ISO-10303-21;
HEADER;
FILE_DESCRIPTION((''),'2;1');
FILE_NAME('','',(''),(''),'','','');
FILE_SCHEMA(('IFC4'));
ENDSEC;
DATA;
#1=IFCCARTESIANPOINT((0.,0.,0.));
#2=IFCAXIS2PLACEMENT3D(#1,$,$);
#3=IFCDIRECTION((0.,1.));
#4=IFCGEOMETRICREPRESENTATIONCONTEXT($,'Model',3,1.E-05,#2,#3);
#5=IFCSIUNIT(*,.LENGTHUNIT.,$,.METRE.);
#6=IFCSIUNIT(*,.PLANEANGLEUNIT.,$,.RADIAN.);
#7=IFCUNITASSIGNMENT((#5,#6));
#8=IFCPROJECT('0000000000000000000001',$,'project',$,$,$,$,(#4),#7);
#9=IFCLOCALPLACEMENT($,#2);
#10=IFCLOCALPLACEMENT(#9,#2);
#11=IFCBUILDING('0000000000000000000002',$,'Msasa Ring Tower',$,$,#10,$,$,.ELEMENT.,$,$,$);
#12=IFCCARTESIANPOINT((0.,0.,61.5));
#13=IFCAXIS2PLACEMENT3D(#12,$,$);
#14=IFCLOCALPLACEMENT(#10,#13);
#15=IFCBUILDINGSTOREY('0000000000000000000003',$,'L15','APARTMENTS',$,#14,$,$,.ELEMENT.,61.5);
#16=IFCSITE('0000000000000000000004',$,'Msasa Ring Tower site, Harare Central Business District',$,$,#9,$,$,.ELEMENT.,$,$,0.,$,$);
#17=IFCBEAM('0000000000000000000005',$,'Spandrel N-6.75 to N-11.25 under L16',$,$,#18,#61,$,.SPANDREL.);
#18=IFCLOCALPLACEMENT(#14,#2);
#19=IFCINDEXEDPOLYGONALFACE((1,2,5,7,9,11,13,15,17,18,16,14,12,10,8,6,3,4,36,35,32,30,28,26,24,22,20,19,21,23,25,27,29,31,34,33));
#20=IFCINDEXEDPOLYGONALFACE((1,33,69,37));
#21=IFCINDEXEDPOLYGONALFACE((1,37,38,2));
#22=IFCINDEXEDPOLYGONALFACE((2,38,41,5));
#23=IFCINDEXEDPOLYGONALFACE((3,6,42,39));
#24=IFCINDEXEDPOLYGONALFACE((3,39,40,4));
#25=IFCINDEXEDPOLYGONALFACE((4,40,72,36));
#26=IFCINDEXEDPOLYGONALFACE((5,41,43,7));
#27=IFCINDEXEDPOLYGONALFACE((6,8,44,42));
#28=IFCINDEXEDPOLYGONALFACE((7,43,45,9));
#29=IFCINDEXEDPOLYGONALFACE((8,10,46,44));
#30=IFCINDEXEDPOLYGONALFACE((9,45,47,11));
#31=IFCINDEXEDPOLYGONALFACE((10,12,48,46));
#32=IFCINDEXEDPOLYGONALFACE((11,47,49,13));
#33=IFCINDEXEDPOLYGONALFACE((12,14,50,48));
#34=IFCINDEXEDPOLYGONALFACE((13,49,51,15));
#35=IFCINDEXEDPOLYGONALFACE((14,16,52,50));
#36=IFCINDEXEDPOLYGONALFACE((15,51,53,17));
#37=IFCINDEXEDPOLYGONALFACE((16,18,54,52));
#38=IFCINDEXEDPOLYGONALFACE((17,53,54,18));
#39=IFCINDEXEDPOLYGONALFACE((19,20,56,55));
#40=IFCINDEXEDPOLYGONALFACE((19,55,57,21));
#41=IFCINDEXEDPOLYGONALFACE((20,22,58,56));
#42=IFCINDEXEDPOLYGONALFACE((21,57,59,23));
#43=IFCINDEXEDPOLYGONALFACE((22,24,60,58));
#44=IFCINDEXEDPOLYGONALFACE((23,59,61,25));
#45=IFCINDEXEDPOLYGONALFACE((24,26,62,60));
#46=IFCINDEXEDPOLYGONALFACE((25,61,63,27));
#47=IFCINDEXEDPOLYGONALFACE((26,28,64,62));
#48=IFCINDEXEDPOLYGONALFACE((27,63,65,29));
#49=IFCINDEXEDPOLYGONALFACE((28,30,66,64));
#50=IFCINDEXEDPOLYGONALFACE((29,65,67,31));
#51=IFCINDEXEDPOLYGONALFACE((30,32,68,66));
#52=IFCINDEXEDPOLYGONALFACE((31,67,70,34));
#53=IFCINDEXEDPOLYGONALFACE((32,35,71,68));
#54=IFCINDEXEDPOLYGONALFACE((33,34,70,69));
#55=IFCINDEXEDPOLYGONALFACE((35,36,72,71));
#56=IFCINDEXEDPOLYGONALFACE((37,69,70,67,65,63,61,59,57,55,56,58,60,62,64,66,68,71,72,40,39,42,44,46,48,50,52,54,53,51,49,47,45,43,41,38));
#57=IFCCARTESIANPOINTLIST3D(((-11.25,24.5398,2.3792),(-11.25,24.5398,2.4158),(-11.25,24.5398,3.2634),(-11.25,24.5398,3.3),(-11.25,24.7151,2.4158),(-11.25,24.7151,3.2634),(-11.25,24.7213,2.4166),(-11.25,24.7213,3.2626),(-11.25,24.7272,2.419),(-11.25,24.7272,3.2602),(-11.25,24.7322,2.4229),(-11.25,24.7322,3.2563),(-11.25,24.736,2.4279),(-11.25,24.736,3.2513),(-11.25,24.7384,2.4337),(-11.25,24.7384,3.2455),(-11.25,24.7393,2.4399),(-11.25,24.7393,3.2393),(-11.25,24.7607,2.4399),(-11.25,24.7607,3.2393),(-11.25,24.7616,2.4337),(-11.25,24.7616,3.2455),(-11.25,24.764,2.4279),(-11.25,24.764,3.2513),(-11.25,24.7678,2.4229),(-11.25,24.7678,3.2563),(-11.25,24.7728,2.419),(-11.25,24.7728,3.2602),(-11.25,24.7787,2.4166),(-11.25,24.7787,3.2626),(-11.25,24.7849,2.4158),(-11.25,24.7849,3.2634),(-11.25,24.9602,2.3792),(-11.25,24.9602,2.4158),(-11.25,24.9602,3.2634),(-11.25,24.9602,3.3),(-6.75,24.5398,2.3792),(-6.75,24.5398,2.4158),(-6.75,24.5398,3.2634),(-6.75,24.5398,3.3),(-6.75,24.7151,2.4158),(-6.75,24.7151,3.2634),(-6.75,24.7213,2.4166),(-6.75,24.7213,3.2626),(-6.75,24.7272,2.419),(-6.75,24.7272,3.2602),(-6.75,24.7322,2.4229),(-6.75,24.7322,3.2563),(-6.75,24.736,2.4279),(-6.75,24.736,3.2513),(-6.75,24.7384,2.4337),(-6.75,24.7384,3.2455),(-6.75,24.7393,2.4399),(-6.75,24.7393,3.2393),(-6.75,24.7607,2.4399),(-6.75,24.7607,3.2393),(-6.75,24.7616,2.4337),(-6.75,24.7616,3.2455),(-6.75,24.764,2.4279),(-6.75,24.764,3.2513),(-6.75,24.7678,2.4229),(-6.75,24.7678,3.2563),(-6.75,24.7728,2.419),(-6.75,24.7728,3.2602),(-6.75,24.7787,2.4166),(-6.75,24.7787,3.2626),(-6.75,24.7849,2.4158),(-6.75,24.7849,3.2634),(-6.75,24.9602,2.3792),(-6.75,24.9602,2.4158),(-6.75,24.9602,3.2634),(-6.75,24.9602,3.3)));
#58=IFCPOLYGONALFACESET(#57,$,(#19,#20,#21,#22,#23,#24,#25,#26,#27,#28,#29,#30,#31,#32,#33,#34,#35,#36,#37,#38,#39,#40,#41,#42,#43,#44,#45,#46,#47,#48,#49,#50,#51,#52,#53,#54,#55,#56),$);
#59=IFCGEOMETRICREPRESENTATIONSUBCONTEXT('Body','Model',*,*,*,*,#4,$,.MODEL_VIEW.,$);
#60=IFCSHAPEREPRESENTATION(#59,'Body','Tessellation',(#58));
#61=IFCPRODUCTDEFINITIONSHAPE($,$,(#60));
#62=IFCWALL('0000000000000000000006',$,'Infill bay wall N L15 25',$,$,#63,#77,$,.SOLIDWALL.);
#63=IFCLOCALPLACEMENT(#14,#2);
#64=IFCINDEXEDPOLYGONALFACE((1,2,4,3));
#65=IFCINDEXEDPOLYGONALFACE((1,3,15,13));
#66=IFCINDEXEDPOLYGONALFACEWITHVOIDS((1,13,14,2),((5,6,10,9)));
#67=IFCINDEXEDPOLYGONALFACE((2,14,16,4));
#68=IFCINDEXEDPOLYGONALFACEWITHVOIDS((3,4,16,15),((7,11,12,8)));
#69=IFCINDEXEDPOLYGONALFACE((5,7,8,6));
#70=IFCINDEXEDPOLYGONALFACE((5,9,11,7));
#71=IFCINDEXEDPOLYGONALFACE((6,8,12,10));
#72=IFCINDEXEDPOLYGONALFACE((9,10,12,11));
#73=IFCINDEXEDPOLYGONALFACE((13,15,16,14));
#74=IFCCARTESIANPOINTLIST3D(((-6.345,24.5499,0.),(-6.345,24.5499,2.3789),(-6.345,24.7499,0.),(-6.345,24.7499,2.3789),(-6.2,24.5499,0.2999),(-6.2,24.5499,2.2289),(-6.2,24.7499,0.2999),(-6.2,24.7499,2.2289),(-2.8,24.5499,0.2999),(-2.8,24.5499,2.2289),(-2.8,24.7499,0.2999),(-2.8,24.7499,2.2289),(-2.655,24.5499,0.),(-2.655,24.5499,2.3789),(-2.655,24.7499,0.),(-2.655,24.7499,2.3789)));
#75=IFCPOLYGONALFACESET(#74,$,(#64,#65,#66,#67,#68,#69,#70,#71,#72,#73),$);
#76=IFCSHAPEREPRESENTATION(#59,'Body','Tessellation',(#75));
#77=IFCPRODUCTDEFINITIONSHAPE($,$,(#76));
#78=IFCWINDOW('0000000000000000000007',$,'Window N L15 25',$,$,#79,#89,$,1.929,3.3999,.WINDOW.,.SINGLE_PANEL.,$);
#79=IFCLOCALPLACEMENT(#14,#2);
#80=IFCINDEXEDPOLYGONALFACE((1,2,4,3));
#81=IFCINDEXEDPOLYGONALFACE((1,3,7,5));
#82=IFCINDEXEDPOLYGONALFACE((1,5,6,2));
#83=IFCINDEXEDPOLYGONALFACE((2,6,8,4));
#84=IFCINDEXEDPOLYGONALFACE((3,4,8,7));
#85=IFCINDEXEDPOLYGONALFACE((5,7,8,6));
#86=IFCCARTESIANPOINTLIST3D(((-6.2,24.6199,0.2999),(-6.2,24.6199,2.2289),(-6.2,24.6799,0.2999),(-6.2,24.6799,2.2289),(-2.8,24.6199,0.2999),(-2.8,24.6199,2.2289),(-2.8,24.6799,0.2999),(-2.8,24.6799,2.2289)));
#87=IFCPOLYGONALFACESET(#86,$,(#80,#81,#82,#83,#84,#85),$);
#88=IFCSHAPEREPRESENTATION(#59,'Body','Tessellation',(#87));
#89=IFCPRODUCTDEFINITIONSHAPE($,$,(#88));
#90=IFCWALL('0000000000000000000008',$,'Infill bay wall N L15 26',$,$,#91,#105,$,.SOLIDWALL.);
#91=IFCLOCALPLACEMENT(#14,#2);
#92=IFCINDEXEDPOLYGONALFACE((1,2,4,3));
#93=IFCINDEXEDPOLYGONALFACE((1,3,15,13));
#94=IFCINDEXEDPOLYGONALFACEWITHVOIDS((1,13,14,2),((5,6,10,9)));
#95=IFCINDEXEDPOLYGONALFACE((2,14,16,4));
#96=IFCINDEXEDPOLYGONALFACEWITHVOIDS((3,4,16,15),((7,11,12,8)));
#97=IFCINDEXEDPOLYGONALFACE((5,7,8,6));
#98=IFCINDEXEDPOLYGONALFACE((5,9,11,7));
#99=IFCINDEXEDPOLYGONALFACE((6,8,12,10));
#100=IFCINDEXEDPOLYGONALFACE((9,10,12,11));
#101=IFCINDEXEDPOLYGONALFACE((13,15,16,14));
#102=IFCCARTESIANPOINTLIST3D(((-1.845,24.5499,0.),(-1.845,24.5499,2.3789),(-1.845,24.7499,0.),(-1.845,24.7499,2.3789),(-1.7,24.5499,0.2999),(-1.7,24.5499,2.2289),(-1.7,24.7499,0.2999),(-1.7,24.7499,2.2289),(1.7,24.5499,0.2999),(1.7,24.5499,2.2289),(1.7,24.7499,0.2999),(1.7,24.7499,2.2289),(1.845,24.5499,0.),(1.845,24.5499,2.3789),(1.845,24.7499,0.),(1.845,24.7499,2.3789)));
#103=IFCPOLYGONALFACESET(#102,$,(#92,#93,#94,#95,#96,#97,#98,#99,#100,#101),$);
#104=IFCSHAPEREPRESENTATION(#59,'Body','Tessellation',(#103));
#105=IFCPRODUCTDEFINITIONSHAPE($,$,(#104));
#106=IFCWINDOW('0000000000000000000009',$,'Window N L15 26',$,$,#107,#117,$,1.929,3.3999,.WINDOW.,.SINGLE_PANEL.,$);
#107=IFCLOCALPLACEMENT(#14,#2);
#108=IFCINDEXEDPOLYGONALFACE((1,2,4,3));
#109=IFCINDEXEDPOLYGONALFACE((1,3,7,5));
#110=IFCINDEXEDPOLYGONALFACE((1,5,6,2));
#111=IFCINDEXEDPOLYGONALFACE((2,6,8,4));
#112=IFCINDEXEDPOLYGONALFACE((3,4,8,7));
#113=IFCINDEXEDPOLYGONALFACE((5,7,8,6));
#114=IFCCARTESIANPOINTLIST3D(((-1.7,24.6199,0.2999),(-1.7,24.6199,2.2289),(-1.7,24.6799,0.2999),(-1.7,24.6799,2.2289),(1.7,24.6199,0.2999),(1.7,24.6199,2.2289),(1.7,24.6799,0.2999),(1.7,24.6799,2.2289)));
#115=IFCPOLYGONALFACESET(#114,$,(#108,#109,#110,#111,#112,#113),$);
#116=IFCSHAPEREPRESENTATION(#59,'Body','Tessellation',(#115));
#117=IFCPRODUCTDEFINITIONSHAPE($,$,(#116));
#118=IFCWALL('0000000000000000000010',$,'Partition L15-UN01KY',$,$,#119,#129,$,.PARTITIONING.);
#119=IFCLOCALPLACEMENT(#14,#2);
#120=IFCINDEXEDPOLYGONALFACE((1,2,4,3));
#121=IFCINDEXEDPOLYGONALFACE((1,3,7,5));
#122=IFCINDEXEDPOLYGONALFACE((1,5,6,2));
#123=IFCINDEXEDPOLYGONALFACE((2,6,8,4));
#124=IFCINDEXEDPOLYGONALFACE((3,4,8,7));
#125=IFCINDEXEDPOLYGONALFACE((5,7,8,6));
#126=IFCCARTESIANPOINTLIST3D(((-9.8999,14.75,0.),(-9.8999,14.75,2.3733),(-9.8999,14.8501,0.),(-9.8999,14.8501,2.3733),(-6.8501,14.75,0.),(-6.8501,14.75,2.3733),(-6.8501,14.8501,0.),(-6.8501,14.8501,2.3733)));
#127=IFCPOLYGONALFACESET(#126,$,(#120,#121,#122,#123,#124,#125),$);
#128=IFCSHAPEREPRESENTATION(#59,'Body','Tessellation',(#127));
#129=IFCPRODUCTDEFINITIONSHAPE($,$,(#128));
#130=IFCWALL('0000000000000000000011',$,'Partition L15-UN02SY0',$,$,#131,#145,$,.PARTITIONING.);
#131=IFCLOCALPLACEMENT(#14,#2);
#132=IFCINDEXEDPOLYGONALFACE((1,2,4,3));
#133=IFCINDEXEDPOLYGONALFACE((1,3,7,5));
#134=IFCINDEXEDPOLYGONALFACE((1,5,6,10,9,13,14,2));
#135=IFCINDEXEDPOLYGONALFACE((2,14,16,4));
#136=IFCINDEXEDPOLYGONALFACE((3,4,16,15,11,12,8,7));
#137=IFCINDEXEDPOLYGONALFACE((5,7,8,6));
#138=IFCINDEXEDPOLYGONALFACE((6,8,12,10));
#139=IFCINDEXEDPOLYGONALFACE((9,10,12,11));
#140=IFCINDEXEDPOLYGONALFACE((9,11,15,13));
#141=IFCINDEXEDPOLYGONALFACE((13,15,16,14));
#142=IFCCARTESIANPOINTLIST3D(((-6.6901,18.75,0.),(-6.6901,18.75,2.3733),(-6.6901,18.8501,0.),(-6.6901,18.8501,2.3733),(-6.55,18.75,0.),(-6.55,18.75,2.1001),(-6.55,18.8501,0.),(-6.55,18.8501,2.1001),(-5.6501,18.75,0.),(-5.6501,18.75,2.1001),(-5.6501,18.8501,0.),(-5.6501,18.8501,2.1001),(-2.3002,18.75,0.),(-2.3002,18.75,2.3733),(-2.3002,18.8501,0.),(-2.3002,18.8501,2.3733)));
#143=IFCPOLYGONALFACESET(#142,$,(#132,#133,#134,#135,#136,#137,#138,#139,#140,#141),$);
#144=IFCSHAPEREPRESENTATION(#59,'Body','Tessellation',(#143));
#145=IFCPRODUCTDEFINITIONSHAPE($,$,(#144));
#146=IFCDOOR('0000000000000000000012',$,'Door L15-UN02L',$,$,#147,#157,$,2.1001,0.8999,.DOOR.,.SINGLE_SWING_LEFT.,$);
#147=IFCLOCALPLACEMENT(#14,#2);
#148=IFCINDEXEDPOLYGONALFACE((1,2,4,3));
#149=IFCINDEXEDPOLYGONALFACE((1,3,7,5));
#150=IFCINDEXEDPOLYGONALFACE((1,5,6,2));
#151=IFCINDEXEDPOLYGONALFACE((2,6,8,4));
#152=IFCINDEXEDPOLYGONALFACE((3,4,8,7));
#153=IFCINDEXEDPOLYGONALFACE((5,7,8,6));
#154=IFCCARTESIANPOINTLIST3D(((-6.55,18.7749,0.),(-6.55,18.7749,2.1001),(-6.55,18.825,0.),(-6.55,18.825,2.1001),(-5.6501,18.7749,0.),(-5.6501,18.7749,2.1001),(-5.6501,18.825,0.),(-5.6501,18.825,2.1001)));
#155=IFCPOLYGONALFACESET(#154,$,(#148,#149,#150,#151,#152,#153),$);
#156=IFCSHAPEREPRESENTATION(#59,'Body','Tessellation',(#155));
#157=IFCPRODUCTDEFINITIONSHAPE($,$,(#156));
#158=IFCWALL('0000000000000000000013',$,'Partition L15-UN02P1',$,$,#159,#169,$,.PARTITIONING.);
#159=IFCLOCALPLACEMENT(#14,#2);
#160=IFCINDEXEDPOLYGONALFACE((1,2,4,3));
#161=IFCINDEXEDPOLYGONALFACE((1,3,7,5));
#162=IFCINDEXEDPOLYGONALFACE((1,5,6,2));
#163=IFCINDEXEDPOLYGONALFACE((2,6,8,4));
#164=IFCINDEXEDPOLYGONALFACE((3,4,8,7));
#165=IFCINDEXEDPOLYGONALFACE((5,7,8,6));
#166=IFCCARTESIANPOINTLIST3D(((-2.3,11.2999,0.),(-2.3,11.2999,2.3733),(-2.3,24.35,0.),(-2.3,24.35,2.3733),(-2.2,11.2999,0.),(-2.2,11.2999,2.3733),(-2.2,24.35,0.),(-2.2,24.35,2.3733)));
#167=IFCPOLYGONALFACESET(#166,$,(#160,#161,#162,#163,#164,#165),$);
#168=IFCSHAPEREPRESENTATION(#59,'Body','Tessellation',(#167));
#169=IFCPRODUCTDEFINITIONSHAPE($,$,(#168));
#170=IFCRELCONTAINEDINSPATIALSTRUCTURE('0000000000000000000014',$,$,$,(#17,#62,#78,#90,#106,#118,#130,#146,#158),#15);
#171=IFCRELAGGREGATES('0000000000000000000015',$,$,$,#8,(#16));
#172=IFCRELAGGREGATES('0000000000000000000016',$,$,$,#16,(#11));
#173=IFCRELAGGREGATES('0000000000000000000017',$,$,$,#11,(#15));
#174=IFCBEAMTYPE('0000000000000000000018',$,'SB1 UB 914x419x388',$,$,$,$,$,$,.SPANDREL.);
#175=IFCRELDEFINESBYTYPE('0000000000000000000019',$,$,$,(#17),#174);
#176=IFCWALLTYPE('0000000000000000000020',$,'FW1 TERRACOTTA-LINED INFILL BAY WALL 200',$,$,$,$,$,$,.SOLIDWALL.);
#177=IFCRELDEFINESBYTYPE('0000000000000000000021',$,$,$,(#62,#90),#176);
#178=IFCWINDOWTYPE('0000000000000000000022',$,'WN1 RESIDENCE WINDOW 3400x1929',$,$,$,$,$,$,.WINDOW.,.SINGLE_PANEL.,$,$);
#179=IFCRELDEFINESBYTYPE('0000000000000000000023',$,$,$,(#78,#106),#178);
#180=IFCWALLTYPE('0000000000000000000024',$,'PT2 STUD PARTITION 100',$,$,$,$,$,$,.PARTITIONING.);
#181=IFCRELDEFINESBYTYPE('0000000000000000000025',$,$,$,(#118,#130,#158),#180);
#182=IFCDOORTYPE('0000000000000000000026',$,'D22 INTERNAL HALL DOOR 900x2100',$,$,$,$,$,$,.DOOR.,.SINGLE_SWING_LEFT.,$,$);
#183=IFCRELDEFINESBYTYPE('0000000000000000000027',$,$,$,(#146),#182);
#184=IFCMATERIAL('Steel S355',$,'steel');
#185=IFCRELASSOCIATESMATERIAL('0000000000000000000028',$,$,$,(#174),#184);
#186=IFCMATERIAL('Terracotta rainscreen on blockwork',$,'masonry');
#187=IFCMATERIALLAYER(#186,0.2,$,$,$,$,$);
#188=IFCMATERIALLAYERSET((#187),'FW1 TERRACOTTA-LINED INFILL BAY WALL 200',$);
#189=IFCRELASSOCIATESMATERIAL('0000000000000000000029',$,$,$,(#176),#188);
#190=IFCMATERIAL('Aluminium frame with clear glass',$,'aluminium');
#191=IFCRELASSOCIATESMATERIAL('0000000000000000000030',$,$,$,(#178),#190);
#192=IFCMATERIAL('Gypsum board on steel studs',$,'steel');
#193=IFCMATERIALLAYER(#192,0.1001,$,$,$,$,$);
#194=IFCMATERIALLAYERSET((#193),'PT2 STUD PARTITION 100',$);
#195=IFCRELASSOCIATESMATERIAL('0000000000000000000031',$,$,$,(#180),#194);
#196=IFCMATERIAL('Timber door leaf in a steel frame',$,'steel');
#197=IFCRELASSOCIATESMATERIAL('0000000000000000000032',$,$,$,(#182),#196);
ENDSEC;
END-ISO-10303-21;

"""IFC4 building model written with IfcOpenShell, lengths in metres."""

from ifc_helpers import new_model, si_unit, direction, frame, frame_2d, origin, origin_2d, place, context, subcontext, project, spatial, rectangle, i_section, extrude, material, layer, layer_set, material_profile, profile_set, type_object, element, fill, save


model = new_model("IFC4")

# Units and contexts
model_context = context("Model", 3, precision=1e-05, world=origin(), true_north=direction((0.0, 1.0)))
body_context = subcontext(model_context, "Body", "Model", "MODEL_VIEW")
ifc_project = project(units=[si_unit("LENGTHUNIT", "METRE"), si_unit("PLANEANGLEUNIT", "RADIAN")], contexts=[model_context])

# Site, building, storey
site_placement = place(None, origin())
site = spatial("IfcSite", under=ifc_project, at=site_placement, Name="Msasa Ring Tower site, Harare Central Business District", CompositionType="ELEMENT", RefElevation=0.0)
building_placement = place(site_placement, origin())
building = spatial("IfcBuilding", under=site, at=building_placement, Name="Msasa Ring Tower", CompositionType="ELEMENT")
storey_placement = place(building_placement, frame((0.0, 0.0, 61.5)))
storey = spatial("IfcBuildingStorey", under=building, at=storey_placement, Name="L15", Description="APARTMENTS", CompositionType="ELEMENT", Elevation=61.5)

# Beam
ifc_material_1 = material(Name="Steel S355", Category="steel")
ifc_material_profile_1 = material_profile(ifc_material_1, i_section(OverallWidth=0.4204, OverallDepth=0.9209, WebThickness=0.0215, FlangeThickness=0.0366, FilletRadius=0.0242, at=origin_2d()), Name="UB 914x419x388")
ifc_profile_set_1 = profile_set([ifc_material_profile_1], Name="Steel S355")
beam_type_1 = type_object("IfcBeamType", Name="SB1 UB 914x419x388", PredefinedType="SPANDREL", material=ifc_profile_set_1)
for number, where, z_axis, x_axis, name in (
    (1, (-6.75, 24.75, 2.8396), (-1.0, 0.0, 0.0), (0.0, -1.0, 0.0), "Spandrel N-6.75 to N-11.25 under L16"),
):
    element("IfcBeam", number, at=place(storey_placement, frame(where, z_axis=z_axis, x_axis=x_axis)), inside=storey, type_object=beam_type_1, Name=name, PredefinedType="SPANDREL", context=body_context, shape_type="SweptSolid", body=[
        extrude(i_section(OverallWidth=0.4204, OverallDepth=0.9209, WebThickness=0.0215, FlangeThickness=0.0366, FilletRadius=0.0242, at=origin_2d()), origin(), (0.0, 0.0, 1.0), 4.5),
    ])

# Walls, openings, windows
ifc_material_2 = material(Name="Terracotta rainscreen on blockwork", Category="masonry")
ifc_layer_1 = layer(ifc_material_2, 0.2)
ifc_layer_set_1 = layer_set([ifc_layer_1], Name="FW1 TERRACOTTA-LINED INFILL BAY WALL 200")
wall_type_1 = type_object("IfcWallType", Name="FW1 TERRACOTTA-LINED INFILL BAY WALL 200", PredefinedType="SOLIDWALL", material=ifc_layer_set_1)
wall_1_placement = place(storey_placement, frame((-6.345, 24.6499, 0.0), z_axis=(0.0, 0.0, 1.0), x_axis=(1.0, 0.0, 0.0)))
wall_1 = element("IfcWall", 2, at=wall_1_placement, inside=storey, type_object=wall_type_1, Name="Infill bay wall N L15 25", PredefinedType="SOLIDWALL", context=body_context, shape_type="SweptSolid", body=[
    extrude(rectangle(XDim=3.6899, YDim=0.2, at=frame_2d((1.845, 0.0))), origin(), (0.0, 0.0, 1.0), 2.3789),
])
opening_1_placement = place(wall_1_placement, frame((0.145, 0.0, 0.3)))
opening_1 = element("IfcOpeningElement", 3, at=opening_1_placement, cuts=wall_1, PredefinedType="OPENING", context=body_context, shape_type="SweptSolid", body=[
    extrude(rectangle(XDim=3.3999, YDim=1.929, at=frame_2d((1.7, 0.9644))), frame((0.0, 0.1099, 0.0), z_axis=(0.0, -1.0, 0.0), x_axis=(1.0, 0.0, 0.0)), (0.0, 0.0, 1.0), 0.22),
])
ifc_material_3 = material(Name="Aluminium frame with clear glass", Category="aluminium")
window_type = type_object("IfcWindowType", Name="WN1 RESIDENCE WINDOW 3400x1929", PartitioningType="SINGLE_PANEL", PredefinedType="WINDOW", material=ifc_material_3)
window_1_placement = place(opening_1_placement, origin())
window_1 = element("IfcWindow", 4, at=window_1_placement, inside=storey, type_object=window_type, Name="Window N L15 25", OverallHeight=1.929, OverallWidth=3.3999, PartitioningType="SINGLE_PANEL", PredefinedType="WINDOW", context=body_context, shape_type="SweptSolid", body=[
    extrude(rectangle(XDim=3.3999, YDim=1.929, at=frame_2d((1.7, 0.9644))), frame((0.0, 0.03, 0.0), z_axis=(0.0, -1.0, 0.0), x_axis=(1.0, 0.0, 0.0)), (0.0, 0.0, 1.0), 0.0601),
])
fill(opening_1, window_1)
wall_2_placement = place(storey_placement, frame((-1.845, 24.6499, 0.0), z_axis=(0.0, 0.0, 1.0), x_axis=(1.0, 0.0, 0.0)))
wall_2 = element("IfcWall", 5, at=wall_2_placement, inside=storey, type_object=wall_type_1, Name="Infill bay wall N L15 26", PredefinedType="SOLIDWALL", context=body_context, shape_type="SweptSolid", body=[
    extrude(rectangle(XDim=3.6899, YDim=0.2, at=frame_2d((1.845, 0.0))), origin(), (0.0, 0.0, 1.0), 2.3789),
])
opening_2_placement = place(wall_2_placement, frame((0.145, 0.0, 0.3)))
opening_2 = element("IfcOpeningElement", 6, at=opening_2_placement, cuts=wall_2, PredefinedType="OPENING", context=body_context, shape_type="SweptSolid", body=[
    extrude(rectangle(XDim=3.3999, YDim=1.929, at=frame_2d((1.7, 0.9644))), frame((0.0, 0.1099, 0.0), z_axis=(0.0, -1.0, 0.0), x_axis=(1.0, 0.0, 0.0)), (0.0, 0.0, 1.0), 0.22),
])
window_2_placement = place(opening_2_placement, origin())
window_2 = element("IfcWindow", 7, at=window_2_placement, inside=storey, type_object=window_type, Name="Window N L15 26", OverallHeight=1.929, OverallWidth=3.3999, PartitioningType="SINGLE_PANEL", PredefinedType="WINDOW", context=body_context, shape_type="SweptSolid", body=[
    extrude(rectangle(XDim=3.3999, YDim=1.929, at=frame_2d((1.7, 0.9644))), frame((0.0, 0.03, 0.0), z_axis=(0.0, -1.0, 0.0), x_axis=(1.0, 0.0, 0.0)), (0.0, 0.0, 1.0), 0.0601),
])
fill(opening_2, window_2)

# Wall
ifc_material_4 = material(Name="Gypsum board on steel studs", Category="steel")
ifc_layer_2 = layer(ifc_material_4, 0.1001)
ifc_layer_set_2 = layer_set([ifc_layer_2], Name="PT2 STUD PARTITION 100")
wall_type_2 = type_object("IfcWallType", Name="PT2 STUD PARTITION 100", PredefinedType="PARTITIONING", material=ifc_layer_set_2)
wall_3_placement = place(storey_placement, frame((-9.8999, 14.8, 0.0), z_axis=(0.0, 0.0, 1.0), x_axis=(1.0, 0.0, 0.0)))
element("IfcWall", 8, at=wall_3_placement, inside=storey, type_object=wall_type_2, Name="Partition L15-UN01KY", PredefinedType="PARTITIONING", context=body_context, shape_type="SweptSolid", body=[
    extrude(rectangle(XDim=3.0498, YDim=0.1001, at=frame_2d((1.5249, 0.0))), origin(), (0.0, 0.0, 1.0), 2.3733),
])

# Wall, opening, door
wall_4_placement = place(storey_placement, frame((-6.6899, 18.8, 0.0), z_axis=(0.0, 0.0, 1.0), x_axis=(1.0, 0.0, 0.0)))
wall_4 = element("IfcWall", 9, at=wall_4_placement, inside=storey, type_object=wall_type_2, Name="Partition L15-UN02SY0", PredefinedType="PARTITIONING", context=body_context, shape_type="SweptSolid", body=[
    extrude(rectangle(XDim=4.3899, YDim=0.1001, at=frame_2d((2.1948, 0.0))), origin(), (0.0, 0.0, 1.0), 2.3733),
])
opening_3_placement = place(wall_4_placement, frame((0.1399, 0.0, 0.0)))
opening_3 = element("IfcOpeningElement", 10, at=opening_3_placement, cuts=wall_4, PredefinedType="OPENING", context=body_context, shape_type="SweptSolid", body=[
    extrude(rectangle(XDim=0.8999, YDim=2.1001, at=frame_2d((0.45, 1.05))), frame((0.0, 0.0601, 0.0), z_axis=(0.0, -1.0, 0.0), x_axis=(1.0, 0.0, 0.0)), (0.0, 0.0, 1.0), 0.1201),
])
ifc_material_5 = material(Name="Timber door leaf in a steel frame", Category="steel")
door_type_1 = type_object("IfcDoorType", Name="D22 INTERNAL HALL DOOR 900x2100", OperationType="SINGLE_SWING_LEFT", PredefinedType="DOOR", material=ifc_material_5)
door_1_placement = place(opening_3_placement, origin())
door_1 = element("IfcDoor", 11, at=door_1_placement, inside=storey, type_object=door_type_1, Name="Door L15-UN02L", OperationType="SINGLE_SWING_LEFT", OverallHeight=2.1001, OverallWidth=0.8999, PredefinedType="DOOR", context=body_context, shape_type="SweptSolid", body=[
    extrude(rectangle(XDim=0.8999, YDim=2.1001, at=frame_2d((0.45, 1.05))), frame((0.0, 0.0249, 0.0), z_axis=(0.0, -1.0, 0.0), x_axis=(1.0, 0.0, 0.0)), (0.0, 0.0, 1.0), 0.05),
])
fill(opening_3, door_1)

# Wall
wall_5_placement = place(storey_placement, frame((-2.25, 11.3, 0.0), z_axis=(0.0, 0.0, 1.0), x_axis=(0.0, 1.0, 0.0)))
element("IfcWall", 12, at=wall_5_placement, inside=storey, type_object=wall_type_2, Name="Partition L15-UN02P1", PredefinedType="PARTITIONING", context=body_context, shape_type="SweptSolid", body=[
    extrude(rectangle(XDim=13.05, YDim=0.1001, at=frame_2d((6.5249, 0.0))), origin(), (0.0, 0.0, 1.0), 2.3733),
])

save(model, "model.ifc")
